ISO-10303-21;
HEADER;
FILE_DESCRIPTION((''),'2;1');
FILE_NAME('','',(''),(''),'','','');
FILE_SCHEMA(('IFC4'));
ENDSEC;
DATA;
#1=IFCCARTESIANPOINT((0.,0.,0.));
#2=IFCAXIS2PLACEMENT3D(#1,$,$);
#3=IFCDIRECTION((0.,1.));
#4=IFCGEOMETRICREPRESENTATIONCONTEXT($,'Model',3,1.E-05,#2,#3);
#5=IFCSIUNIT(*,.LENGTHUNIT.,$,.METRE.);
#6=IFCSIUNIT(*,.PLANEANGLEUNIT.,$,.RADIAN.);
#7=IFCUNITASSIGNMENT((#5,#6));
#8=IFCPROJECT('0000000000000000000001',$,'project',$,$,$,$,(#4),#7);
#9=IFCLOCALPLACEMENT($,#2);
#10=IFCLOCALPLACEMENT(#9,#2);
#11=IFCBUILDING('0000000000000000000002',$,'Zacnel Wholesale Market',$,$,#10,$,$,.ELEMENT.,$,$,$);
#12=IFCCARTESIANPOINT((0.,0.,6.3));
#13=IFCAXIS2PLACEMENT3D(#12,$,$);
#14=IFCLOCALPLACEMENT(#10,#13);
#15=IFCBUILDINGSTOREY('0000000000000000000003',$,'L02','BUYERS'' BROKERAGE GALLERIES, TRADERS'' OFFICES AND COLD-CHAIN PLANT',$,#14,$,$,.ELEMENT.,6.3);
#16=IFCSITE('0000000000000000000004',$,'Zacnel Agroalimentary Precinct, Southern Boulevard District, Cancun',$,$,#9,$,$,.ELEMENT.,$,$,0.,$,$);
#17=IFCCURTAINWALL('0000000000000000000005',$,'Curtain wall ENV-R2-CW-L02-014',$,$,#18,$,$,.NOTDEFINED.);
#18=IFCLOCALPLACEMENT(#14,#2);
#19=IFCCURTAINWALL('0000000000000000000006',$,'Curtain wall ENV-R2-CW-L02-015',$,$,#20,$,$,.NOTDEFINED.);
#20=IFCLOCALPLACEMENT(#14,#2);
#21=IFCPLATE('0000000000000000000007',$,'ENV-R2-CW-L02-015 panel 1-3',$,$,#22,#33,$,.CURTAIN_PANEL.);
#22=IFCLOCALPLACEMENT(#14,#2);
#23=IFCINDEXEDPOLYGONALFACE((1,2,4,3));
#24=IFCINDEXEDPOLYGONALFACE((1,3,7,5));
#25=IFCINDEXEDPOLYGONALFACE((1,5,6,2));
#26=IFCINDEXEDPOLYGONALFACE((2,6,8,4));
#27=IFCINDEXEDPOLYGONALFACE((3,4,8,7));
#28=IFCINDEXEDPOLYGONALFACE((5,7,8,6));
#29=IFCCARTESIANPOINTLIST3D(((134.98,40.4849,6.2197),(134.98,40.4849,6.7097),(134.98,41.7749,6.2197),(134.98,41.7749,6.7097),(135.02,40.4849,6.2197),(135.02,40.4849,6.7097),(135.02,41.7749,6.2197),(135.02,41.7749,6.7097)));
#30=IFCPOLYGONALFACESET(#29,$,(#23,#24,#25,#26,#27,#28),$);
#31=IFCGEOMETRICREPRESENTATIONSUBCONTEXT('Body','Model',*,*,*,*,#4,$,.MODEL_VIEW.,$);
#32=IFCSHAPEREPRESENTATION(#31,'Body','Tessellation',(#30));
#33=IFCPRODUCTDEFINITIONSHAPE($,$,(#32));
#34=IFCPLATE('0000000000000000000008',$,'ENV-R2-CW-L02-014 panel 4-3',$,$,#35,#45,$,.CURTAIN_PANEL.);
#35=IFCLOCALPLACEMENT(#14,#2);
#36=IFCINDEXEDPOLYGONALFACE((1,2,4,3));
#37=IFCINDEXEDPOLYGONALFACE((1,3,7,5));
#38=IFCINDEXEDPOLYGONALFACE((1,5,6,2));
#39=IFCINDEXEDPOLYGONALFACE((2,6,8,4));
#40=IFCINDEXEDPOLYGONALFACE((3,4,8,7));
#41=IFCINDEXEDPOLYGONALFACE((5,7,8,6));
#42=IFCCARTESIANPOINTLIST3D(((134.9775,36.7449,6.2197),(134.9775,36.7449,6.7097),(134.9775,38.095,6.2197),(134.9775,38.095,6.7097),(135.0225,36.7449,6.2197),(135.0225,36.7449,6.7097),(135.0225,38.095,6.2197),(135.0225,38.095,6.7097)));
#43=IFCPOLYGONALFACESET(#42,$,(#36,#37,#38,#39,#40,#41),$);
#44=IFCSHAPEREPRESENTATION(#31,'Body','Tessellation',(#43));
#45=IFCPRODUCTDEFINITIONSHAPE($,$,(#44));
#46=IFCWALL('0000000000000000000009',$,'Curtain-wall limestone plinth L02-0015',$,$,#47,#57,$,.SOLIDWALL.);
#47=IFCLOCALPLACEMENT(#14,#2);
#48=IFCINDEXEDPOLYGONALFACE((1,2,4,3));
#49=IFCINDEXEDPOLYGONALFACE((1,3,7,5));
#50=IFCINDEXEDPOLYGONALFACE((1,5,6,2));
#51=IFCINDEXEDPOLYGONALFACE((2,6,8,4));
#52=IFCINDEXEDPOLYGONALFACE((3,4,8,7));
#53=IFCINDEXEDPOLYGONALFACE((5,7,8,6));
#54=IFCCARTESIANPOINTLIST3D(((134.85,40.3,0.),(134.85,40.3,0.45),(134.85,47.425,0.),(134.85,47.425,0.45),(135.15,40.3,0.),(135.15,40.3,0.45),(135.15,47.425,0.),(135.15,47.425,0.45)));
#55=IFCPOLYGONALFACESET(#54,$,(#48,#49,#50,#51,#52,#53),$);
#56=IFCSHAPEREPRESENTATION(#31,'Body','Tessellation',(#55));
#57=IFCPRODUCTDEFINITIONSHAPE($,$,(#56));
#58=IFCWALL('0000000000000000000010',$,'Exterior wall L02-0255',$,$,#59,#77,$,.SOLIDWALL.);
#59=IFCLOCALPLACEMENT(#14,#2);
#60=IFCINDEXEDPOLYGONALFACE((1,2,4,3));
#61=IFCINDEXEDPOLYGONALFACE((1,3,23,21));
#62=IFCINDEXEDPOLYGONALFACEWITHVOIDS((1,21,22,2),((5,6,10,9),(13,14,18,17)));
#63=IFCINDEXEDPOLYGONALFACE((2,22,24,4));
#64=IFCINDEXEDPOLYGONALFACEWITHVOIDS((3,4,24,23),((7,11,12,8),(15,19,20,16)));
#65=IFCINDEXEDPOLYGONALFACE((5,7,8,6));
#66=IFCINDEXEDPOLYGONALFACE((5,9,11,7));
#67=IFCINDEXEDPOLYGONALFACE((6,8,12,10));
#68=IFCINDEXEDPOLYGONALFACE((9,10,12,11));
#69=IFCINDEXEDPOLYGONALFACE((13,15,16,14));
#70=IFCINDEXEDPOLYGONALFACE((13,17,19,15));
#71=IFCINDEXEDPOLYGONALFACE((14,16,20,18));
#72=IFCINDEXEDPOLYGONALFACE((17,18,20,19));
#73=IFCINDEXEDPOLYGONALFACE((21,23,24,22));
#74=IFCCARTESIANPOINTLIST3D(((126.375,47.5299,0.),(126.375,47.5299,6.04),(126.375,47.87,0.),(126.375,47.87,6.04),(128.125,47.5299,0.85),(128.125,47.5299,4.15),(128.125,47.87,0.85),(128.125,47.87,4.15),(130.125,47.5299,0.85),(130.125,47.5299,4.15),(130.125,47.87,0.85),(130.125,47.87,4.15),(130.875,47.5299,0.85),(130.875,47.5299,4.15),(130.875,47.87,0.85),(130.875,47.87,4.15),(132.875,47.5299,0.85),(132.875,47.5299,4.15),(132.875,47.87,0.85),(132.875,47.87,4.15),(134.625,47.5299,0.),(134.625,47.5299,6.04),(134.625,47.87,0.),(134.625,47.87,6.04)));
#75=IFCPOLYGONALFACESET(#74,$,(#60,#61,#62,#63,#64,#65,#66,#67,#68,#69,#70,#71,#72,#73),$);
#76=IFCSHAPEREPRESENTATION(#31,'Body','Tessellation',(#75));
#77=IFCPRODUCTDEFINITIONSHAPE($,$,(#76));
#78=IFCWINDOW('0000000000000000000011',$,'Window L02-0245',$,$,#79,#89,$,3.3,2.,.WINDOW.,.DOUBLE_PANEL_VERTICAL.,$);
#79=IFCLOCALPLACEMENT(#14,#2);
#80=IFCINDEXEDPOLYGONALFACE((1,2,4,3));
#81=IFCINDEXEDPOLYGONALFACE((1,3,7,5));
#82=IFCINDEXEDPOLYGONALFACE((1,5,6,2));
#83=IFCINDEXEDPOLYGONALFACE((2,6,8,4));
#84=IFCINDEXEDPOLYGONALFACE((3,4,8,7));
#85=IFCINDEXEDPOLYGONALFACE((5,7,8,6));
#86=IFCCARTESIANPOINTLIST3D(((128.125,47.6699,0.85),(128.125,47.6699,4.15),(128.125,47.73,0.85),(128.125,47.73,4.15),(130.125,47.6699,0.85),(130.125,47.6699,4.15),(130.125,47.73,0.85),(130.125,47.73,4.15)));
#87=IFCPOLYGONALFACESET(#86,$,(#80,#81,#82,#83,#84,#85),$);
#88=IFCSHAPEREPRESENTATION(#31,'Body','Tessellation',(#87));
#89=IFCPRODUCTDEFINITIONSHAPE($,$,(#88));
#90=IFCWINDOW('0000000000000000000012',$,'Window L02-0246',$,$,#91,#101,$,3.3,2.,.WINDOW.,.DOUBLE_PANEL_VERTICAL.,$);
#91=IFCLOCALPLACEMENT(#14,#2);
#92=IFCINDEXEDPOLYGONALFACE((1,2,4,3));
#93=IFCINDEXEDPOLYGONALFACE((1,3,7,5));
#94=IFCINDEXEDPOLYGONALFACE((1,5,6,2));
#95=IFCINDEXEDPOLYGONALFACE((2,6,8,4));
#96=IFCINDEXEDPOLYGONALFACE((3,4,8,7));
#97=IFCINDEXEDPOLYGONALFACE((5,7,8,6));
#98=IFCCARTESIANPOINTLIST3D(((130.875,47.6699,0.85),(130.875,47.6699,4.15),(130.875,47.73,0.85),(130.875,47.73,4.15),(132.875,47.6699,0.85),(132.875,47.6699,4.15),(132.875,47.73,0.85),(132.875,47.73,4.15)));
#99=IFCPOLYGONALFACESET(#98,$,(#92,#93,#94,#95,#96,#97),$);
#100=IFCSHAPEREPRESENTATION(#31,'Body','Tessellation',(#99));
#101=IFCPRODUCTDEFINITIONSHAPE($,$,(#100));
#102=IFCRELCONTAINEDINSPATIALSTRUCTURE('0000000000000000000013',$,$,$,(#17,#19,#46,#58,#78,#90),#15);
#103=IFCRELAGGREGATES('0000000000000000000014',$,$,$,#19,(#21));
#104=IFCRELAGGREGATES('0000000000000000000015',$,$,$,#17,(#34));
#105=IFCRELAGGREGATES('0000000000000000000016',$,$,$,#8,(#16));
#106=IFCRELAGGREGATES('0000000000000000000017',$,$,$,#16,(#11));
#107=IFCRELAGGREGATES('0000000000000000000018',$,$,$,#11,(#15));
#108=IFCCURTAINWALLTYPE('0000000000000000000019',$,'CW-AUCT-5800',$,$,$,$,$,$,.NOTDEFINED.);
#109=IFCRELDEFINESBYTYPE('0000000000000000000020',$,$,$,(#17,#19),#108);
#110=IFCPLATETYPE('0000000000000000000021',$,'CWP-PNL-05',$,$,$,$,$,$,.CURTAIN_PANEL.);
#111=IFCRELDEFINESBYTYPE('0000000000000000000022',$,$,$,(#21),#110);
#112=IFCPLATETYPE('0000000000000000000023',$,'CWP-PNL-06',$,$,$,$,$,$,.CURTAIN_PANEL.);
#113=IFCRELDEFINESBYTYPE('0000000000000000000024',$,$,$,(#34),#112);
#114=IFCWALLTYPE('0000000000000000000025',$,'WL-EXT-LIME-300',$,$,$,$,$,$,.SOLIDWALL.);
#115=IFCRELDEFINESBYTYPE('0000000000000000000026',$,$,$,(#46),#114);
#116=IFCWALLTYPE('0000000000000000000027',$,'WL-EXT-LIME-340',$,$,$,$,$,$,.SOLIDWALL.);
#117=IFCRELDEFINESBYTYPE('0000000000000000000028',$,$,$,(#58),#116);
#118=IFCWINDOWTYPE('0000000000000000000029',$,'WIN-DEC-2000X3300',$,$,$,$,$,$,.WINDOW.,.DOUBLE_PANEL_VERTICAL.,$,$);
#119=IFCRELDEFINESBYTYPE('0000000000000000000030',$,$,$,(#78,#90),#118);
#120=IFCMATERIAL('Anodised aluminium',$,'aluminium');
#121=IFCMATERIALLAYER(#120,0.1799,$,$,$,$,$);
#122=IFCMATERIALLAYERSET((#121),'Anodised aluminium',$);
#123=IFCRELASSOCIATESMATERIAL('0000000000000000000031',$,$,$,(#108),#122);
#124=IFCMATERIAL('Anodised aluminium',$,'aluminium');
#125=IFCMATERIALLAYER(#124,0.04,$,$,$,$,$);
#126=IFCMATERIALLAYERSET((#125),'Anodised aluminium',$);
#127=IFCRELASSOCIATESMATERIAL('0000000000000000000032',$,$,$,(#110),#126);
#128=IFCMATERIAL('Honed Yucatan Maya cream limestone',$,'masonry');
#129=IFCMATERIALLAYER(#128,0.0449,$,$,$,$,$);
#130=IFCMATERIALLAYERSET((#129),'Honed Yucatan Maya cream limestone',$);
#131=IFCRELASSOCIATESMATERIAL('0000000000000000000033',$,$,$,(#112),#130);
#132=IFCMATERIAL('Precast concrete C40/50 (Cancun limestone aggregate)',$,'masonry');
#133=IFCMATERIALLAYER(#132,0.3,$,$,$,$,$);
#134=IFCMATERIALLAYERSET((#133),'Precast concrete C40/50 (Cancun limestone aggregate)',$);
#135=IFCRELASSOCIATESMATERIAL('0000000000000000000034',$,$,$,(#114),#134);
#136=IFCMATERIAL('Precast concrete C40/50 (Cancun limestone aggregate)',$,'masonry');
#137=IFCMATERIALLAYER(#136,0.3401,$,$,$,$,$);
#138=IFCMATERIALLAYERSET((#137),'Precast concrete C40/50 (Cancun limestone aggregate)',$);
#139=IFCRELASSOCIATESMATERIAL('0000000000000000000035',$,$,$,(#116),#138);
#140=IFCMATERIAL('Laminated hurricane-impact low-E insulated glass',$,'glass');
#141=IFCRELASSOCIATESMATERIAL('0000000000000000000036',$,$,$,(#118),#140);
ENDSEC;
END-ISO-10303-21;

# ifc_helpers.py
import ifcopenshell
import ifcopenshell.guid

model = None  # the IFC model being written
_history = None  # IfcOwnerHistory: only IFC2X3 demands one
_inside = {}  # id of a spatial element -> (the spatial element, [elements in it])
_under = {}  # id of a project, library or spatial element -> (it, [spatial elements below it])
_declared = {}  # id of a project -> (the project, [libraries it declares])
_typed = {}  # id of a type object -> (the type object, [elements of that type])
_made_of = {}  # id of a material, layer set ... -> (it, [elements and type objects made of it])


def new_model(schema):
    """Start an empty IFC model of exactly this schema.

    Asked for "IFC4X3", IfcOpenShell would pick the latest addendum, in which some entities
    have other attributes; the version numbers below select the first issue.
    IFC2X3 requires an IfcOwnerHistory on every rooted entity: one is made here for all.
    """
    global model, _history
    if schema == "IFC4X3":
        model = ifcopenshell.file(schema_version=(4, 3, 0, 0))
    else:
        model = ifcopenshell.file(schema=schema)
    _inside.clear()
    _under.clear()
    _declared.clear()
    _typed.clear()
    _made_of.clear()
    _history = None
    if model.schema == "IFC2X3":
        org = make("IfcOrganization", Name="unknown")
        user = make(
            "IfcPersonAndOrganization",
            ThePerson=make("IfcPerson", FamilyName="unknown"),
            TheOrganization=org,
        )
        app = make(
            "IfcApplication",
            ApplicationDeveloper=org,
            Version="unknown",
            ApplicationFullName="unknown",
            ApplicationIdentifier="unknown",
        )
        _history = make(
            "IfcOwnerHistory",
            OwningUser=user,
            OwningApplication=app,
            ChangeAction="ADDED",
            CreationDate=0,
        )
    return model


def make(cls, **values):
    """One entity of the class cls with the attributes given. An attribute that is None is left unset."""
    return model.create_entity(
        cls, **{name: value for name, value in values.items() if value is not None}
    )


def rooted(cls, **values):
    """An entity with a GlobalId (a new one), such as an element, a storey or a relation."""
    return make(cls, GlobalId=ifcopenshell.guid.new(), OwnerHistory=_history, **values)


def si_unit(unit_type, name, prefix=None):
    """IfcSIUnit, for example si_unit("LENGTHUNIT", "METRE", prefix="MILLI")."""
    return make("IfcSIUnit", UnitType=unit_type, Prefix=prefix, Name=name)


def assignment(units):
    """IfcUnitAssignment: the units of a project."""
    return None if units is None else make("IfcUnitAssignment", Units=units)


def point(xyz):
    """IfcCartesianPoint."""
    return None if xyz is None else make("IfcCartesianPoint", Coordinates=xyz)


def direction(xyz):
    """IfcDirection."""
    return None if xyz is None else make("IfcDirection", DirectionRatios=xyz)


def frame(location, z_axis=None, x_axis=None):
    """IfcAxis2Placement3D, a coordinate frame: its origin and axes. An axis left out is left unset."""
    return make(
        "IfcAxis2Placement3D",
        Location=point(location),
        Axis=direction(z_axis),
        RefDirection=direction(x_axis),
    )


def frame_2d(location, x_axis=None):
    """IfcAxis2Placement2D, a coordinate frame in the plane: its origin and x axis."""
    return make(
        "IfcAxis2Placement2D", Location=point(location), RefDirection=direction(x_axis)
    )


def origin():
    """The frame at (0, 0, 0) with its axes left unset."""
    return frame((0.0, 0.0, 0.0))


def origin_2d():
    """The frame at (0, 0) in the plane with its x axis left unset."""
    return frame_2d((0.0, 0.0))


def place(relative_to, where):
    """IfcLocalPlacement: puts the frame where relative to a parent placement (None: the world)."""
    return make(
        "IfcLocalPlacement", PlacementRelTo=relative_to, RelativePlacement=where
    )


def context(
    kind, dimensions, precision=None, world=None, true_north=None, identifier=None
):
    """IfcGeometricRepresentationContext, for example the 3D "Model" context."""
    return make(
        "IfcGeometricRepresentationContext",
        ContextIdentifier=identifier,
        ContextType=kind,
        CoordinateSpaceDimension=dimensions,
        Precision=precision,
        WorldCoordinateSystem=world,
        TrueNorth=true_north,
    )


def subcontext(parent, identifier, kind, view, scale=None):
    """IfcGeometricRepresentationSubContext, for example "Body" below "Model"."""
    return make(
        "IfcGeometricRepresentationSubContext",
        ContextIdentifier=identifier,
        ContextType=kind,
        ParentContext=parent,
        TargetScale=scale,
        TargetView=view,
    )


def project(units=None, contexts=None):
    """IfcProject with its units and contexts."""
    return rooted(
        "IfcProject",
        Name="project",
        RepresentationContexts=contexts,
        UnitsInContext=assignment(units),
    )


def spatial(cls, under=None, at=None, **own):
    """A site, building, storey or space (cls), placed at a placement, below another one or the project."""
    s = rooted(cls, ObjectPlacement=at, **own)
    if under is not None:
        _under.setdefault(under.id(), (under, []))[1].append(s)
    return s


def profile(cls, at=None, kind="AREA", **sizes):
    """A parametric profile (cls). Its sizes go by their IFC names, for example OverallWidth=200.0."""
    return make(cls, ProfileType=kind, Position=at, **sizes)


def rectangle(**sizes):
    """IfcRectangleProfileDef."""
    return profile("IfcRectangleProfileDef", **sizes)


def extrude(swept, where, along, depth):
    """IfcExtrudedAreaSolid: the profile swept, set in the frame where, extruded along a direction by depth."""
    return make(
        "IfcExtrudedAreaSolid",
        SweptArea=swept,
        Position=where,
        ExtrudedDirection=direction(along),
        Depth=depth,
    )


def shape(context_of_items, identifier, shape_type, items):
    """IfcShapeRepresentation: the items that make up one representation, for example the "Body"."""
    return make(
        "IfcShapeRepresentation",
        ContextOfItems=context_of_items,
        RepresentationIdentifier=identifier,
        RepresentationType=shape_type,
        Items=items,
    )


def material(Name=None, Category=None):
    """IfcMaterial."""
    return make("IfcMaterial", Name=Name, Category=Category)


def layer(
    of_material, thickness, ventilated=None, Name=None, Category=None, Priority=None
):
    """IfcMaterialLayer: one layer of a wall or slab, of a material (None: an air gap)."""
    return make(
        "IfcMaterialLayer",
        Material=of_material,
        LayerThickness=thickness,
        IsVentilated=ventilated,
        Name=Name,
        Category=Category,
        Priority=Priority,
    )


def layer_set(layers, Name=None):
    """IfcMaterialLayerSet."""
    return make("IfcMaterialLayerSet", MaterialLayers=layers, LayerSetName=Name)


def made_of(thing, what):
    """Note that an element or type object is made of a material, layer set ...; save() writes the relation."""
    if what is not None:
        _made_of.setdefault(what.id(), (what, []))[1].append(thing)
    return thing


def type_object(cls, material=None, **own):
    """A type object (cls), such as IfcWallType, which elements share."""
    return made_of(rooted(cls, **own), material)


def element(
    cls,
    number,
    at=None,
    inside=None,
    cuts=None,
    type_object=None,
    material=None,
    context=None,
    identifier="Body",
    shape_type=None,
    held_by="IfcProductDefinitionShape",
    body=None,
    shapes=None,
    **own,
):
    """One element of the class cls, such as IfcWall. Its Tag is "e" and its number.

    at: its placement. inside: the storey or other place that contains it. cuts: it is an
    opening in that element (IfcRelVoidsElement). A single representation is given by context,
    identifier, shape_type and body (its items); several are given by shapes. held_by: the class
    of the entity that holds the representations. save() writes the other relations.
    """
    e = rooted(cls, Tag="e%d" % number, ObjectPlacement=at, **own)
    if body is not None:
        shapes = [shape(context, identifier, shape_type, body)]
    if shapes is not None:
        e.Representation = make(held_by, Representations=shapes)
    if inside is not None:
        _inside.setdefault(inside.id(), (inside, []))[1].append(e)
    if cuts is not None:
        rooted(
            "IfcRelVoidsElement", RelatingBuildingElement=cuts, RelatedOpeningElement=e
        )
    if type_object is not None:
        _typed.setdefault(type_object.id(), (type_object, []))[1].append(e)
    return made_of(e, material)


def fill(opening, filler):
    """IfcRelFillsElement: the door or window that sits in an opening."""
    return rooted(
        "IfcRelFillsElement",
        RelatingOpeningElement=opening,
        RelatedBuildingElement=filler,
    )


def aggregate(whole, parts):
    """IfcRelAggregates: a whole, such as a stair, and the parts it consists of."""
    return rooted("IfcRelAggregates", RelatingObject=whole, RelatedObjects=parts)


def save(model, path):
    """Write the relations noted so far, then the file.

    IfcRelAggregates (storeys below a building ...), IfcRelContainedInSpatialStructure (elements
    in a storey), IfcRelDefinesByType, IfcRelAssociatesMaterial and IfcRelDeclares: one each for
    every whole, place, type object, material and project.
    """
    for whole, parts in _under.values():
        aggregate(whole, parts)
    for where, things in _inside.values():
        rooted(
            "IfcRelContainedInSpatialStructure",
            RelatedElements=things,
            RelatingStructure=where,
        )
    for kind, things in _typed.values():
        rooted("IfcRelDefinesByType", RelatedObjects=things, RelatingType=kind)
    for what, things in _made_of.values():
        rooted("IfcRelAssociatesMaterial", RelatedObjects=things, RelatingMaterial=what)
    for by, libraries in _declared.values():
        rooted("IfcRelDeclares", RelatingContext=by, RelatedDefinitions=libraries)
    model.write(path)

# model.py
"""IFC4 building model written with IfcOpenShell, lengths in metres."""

from ifc_helpers import new_model, si_unit, direction, frame, frame_2d, origin, origin_2d, place, context, subcontext, project, spatial, rectangle, extrude, material, layer, layer_set, type_object, element, fill, aggregate, save


model = new_model("IFC4")

# Units and contexts
model_context = context("Model", 3, precision=1e-05, world=origin(), true_north=direction((0.0, 1.0)))
body_context = subcontext(model_context, "Body", "Model", "MODEL_VIEW")
ifc_project = project(units=[si_unit("LENGTHUNIT", "METRE"), si_unit("PLANEANGLEUNIT", "RADIAN")], contexts=[model_context])

# Site, building, storey
site_placement = place(None, origin())
site = spatial("IfcSite", under=ifc_project, at=site_placement, Name="Zacnel Agroalimentary Precinct, Southern Boulevard District, Cancun", CompositionType="ELEMENT", RefElevation=0.0)
building_placement = place(site_placement, origin())
building = spatial("IfcBuilding", under=site, at=building_placement, Name="Zacnel Wholesale Market", CompositionType="ELEMENT")
storey_placement = place(building_placement, frame((0.0, 0.0, 6.3)))
storey = spatial("IfcBuildingStorey", under=building, at=storey_placement, Name="L02", Description="BUYERS' BROKERAGE GALLERIES, TRADERS' OFFICES AND COLD-CHAIN PLANT", CompositionType="ELEMENT", Elevation=6.3)

# Curtain wall
ifc_material_1 = material(Name="Anodised aluminium", Category="aluminium")
ifc_layer_1 = layer(ifc_material_1, 0.1799)
ifc_layer_set_1 = layer_set([ifc_layer_1], Name="Anodised aluminium")
curtain_wall_type = type_object("IfcCurtainWallType", Name="CW-AUCT-5800", PredefinedType="NOTDEFINED", material=ifc_layer_set_1)
curtain_wall_1_placement = place(storey_placement, origin())
curtain_wall_1 = element("IfcCurtainWall", 1, at=curtain_wall_1_placement, inside=storey, type_object=curtain_wall_type, Name="Curtain wall ENV-R2-CW-L02-014", PredefinedType="NOTDEFINED")

# Curtain wall
curtain_wall_2_placement = place(storey_placement, origin())
curtain_wall_2 = element("IfcCurtainWall", 2, at=curtain_wall_2_placement, inside=storey, type_object=curtain_wall_type, Name="Curtain wall ENV-R2-CW-L02-015", PredefinedType="NOTDEFINED")

# Plates
ifc_material_2 = material(Name="Anodised aluminium", Category="aluminium")
ifc_layer_2 = layer(ifc_material_2, 0.04)
ifc_layer_set_2 = layer_set([ifc_layer_2], Name="Anodised aluminium")
plate_type_1 = type_object("IfcPlateType", Name="CWP-PNL-05", PredefinedType="CURTAIN_PANEL", material=ifc_layer_set_2)
plate_1_placement = place(storey_placement, frame((135.0, 41.1299, 6.2197), z_axis=(0.0, 0.0, 1.0), x_axis=(0.0, 1.0, 0.0)))
plate_1 = element("IfcPlate", 3, at=plate_1_placement, type_object=plate_type_1, Name="ENV-R2-CW-L02-015 panel 1-3", PredefinedType="CURTAIN_PANEL", context=body_context, shape_type="SweptSolid", body=[
    extrude(rectangle(XDim=1.29, YDim=0.04, at=origin_2d()), origin(), (0.0, 0.0, 1.0), 0.49),
])
aggregate(curtain_wall_2, [plate_1])
ifc_material_3 = material(Name="Honed Yucatan Maya cream limestone", Category="masonry")
ifc_layer_3 = layer(ifc_material_3, 0.0449)
ifc_layer_set_3 = layer_set([ifc_layer_3], Name="Honed Yucatan Maya cream limestone")
plate_type_2 = type_object("IfcPlateType", Name="CWP-PNL-06", PredefinedType="CURTAIN_PANEL", material=ifc_layer_set_3)
plate_2_placement = place(storey_placement, frame((135.0, 37.4199, 6.2197), z_axis=(0.0, 0.0, 1.0), x_axis=(0.0, 1.0, 0.0)))
plate_2 = element("IfcPlate", 4, at=plate_2_placement, type_object=plate_type_2, Name="ENV-R2-CW-L02-014 panel 4-3", PredefinedType="CURTAIN_PANEL", context=body_context, shape_type="SweptSolid", body=[
    extrude(rectangle(XDim=1.3501, YDim=0.0449, at=origin_2d()), origin(), (0.0, 0.0, 1.0), 0.49),
])
aggregate(curtain_wall_1, [plate_2])

# Wall
ifc_material_4 = material(Name="Precast concrete C40/50 (Cancun limestone aggregate)", Category="masonry")
ifc_layer_4 = layer(ifc_material_4, 0.3)
ifc_layer_set_4 = layer_set([ifc_layer_4], Name="Precast concrete C40/50 (Cancun limestone aggregate)")
wall_type_1 = type_object("IfcWallType", Name="WL-EXT-LIME-300", PredefinedType="SOLIDWALL", material=ifc_layer_set_4)
wall_1_placement = place(storey_placement, frame((135.0, 40.3, 0.0), z_axis=(0.0, 0.0, 1.0), x_axis=(0.0, 1.0, 0.0)))
element("IfcWall", 5, at=wall_1_placement, inside=storey, type_object=wall_type_1, Name="Curtain-wall limestone plinth L02-0015", PredefinedType="SOLIDWALL", context=body_context, shape_type="SweptSolid", body=[
    extrude(rectangle(XDim=7.125, YDim=0.3, at=frame_2d((3.5625, 0.0))), origin(), (0.0, 0.0, 1.0), 0.45),
])

# Wall, openings, windows
ifc_material_5 = material(Name="Precast concrete C40/50 (Cancun limestone aggregate)", Category="masonry")
ifc_layer_5 = layer(ifc_material_5, 0.3401)
ifc_layer_set_5 = layer_set([ifc_layer_5], Name="Precast concrete C40/50 (Cancun limestone aggregate)")
wall_type_2 = type_object("IfcWallType", Name="WL-EXT-LIME-340", PredefinedType="SOLIDWALL", material=ifc_layer_set_5)
wall_2_placement = place(storey_placement, frame((126.375, 47.7, 0.0), z_axis=(0.0, 0.0, 1.0), x_axis=(1.0, 0.0, 0.0)))
wall_2 = element("IfcWall", 6, at=wall_2_placement, inside=storey, type_object=wall_type_2, Name="Exterior wall L02-0255", PredefinedType="SOLIDWALL", context=body_context, shape_type="SweptSolid", body=[
    extrude(rectangle(XDim=8.25, YDim=0.3401, at=frame_2d((4.125, 0.0))), origin(), (0.0, 0.0, 1.0), 6.04),
])
opening_1_placement = place(wall_2_placement, frame((1.75, 0.0, 0.8501)))
opening_1 = element("IfcOpeningElement", 7, at=opening_1_placement, cuts=wall_2, PredefinedType="OPENING", context=body_context, shape_type="SweptSolid", body=[
    extrude(rectangle(XDim=2.0, YDim=3.3, at=frame_2d((1.0, 1.6499))), frame((0.0, 0.1799, 0.0), z_axis=(0.0, -1.0, 0.0), x_axis=(1.0, 0.0, 0.0)), (0.0, 0.0, 1.0), 0.3601),
])
opening_2_placement = place(wall_2_placement, frame((4.5, 0.0, 0.8501)))
opening_2 = element("IfcOpeningElement", 8, at=opening_2_placement, cuts=wall_2, PredefinedType="OPENING", context=body_context, shape_type="SweptSolid", body=[
    extrude(rectangle(XDim=2.0, YDim=3.3, at=frame_2d((1.0, 1.6499))), frame((0.0, 0.1799, 0.0), z_axis=(0.0, -1.0, 0.0), x_axis=(1.0, 0.0, 0.0)), (0.0, 0.0, 1.0), 0.3601),
])
ifc_material_6 = material(Name="Laminated hurricane-impact low-E insulated glass", Category="glass")
window_type = type_object("IfcWindowType", Name="WIN-DEC-2000X3300", PartitioningType="DOUBLE_PANEL_VERTICAL", PredefinedType="WINDOW", material=ifc_material_6)
window_1_placement = place(opening_1_placement, origin())
window_1 = element("IfcWindow", 9, at=window_1_placement, inside=storey, type_object=window_type, Name="Window L02-0245", OverallHeight=3.3, OverallWidth=2.0, PartitioningType="DOUBLE_PANEL_VERTICAL", PredefinedType="WINDOW", context=body_context, shape_type="SweptSolid", body=[
    extrude(rectangle(XDim=2.0, YDim=3.3, at=frame_2d((1.0, 1.6499))), frame((0.0, 0.03, 0.0), z_axis=(0.0, -1.0, 0.0), x_axis=(1.0, 0.0, 0.0)), (0.0, 0.0, 1.0), 0.0601),
])
fill(opening_1, window_1)
window_2_placement = place(opening_2_placement, origin())
window_2 = element("IfcWindow", 10, at=window_2_placement, inside=storey, type_object=window_type, Name="Window L02-0246", OverallHeight=3.3, OverallWidth=2.0, PartitioningType="DOUBLE_PANEL_VERTICAL", PredefinedType="WINDOW", context=body_context, shape_type="SweptSolid", body=[
    extrude(rectangle(XDim=2.0, YDim=3.3, at=frame_2d((1.0, 1.6499))), frame((0.0, 0.03, 0.0), z_axis=(0.0, -1.0, 0.0), x_axis=(1.0, 0.0, 0.0)), (0.0, 0.0, 1.0), 0.0601),
])
fill(opening_2, window_2)

save(model, "model.ifc")
